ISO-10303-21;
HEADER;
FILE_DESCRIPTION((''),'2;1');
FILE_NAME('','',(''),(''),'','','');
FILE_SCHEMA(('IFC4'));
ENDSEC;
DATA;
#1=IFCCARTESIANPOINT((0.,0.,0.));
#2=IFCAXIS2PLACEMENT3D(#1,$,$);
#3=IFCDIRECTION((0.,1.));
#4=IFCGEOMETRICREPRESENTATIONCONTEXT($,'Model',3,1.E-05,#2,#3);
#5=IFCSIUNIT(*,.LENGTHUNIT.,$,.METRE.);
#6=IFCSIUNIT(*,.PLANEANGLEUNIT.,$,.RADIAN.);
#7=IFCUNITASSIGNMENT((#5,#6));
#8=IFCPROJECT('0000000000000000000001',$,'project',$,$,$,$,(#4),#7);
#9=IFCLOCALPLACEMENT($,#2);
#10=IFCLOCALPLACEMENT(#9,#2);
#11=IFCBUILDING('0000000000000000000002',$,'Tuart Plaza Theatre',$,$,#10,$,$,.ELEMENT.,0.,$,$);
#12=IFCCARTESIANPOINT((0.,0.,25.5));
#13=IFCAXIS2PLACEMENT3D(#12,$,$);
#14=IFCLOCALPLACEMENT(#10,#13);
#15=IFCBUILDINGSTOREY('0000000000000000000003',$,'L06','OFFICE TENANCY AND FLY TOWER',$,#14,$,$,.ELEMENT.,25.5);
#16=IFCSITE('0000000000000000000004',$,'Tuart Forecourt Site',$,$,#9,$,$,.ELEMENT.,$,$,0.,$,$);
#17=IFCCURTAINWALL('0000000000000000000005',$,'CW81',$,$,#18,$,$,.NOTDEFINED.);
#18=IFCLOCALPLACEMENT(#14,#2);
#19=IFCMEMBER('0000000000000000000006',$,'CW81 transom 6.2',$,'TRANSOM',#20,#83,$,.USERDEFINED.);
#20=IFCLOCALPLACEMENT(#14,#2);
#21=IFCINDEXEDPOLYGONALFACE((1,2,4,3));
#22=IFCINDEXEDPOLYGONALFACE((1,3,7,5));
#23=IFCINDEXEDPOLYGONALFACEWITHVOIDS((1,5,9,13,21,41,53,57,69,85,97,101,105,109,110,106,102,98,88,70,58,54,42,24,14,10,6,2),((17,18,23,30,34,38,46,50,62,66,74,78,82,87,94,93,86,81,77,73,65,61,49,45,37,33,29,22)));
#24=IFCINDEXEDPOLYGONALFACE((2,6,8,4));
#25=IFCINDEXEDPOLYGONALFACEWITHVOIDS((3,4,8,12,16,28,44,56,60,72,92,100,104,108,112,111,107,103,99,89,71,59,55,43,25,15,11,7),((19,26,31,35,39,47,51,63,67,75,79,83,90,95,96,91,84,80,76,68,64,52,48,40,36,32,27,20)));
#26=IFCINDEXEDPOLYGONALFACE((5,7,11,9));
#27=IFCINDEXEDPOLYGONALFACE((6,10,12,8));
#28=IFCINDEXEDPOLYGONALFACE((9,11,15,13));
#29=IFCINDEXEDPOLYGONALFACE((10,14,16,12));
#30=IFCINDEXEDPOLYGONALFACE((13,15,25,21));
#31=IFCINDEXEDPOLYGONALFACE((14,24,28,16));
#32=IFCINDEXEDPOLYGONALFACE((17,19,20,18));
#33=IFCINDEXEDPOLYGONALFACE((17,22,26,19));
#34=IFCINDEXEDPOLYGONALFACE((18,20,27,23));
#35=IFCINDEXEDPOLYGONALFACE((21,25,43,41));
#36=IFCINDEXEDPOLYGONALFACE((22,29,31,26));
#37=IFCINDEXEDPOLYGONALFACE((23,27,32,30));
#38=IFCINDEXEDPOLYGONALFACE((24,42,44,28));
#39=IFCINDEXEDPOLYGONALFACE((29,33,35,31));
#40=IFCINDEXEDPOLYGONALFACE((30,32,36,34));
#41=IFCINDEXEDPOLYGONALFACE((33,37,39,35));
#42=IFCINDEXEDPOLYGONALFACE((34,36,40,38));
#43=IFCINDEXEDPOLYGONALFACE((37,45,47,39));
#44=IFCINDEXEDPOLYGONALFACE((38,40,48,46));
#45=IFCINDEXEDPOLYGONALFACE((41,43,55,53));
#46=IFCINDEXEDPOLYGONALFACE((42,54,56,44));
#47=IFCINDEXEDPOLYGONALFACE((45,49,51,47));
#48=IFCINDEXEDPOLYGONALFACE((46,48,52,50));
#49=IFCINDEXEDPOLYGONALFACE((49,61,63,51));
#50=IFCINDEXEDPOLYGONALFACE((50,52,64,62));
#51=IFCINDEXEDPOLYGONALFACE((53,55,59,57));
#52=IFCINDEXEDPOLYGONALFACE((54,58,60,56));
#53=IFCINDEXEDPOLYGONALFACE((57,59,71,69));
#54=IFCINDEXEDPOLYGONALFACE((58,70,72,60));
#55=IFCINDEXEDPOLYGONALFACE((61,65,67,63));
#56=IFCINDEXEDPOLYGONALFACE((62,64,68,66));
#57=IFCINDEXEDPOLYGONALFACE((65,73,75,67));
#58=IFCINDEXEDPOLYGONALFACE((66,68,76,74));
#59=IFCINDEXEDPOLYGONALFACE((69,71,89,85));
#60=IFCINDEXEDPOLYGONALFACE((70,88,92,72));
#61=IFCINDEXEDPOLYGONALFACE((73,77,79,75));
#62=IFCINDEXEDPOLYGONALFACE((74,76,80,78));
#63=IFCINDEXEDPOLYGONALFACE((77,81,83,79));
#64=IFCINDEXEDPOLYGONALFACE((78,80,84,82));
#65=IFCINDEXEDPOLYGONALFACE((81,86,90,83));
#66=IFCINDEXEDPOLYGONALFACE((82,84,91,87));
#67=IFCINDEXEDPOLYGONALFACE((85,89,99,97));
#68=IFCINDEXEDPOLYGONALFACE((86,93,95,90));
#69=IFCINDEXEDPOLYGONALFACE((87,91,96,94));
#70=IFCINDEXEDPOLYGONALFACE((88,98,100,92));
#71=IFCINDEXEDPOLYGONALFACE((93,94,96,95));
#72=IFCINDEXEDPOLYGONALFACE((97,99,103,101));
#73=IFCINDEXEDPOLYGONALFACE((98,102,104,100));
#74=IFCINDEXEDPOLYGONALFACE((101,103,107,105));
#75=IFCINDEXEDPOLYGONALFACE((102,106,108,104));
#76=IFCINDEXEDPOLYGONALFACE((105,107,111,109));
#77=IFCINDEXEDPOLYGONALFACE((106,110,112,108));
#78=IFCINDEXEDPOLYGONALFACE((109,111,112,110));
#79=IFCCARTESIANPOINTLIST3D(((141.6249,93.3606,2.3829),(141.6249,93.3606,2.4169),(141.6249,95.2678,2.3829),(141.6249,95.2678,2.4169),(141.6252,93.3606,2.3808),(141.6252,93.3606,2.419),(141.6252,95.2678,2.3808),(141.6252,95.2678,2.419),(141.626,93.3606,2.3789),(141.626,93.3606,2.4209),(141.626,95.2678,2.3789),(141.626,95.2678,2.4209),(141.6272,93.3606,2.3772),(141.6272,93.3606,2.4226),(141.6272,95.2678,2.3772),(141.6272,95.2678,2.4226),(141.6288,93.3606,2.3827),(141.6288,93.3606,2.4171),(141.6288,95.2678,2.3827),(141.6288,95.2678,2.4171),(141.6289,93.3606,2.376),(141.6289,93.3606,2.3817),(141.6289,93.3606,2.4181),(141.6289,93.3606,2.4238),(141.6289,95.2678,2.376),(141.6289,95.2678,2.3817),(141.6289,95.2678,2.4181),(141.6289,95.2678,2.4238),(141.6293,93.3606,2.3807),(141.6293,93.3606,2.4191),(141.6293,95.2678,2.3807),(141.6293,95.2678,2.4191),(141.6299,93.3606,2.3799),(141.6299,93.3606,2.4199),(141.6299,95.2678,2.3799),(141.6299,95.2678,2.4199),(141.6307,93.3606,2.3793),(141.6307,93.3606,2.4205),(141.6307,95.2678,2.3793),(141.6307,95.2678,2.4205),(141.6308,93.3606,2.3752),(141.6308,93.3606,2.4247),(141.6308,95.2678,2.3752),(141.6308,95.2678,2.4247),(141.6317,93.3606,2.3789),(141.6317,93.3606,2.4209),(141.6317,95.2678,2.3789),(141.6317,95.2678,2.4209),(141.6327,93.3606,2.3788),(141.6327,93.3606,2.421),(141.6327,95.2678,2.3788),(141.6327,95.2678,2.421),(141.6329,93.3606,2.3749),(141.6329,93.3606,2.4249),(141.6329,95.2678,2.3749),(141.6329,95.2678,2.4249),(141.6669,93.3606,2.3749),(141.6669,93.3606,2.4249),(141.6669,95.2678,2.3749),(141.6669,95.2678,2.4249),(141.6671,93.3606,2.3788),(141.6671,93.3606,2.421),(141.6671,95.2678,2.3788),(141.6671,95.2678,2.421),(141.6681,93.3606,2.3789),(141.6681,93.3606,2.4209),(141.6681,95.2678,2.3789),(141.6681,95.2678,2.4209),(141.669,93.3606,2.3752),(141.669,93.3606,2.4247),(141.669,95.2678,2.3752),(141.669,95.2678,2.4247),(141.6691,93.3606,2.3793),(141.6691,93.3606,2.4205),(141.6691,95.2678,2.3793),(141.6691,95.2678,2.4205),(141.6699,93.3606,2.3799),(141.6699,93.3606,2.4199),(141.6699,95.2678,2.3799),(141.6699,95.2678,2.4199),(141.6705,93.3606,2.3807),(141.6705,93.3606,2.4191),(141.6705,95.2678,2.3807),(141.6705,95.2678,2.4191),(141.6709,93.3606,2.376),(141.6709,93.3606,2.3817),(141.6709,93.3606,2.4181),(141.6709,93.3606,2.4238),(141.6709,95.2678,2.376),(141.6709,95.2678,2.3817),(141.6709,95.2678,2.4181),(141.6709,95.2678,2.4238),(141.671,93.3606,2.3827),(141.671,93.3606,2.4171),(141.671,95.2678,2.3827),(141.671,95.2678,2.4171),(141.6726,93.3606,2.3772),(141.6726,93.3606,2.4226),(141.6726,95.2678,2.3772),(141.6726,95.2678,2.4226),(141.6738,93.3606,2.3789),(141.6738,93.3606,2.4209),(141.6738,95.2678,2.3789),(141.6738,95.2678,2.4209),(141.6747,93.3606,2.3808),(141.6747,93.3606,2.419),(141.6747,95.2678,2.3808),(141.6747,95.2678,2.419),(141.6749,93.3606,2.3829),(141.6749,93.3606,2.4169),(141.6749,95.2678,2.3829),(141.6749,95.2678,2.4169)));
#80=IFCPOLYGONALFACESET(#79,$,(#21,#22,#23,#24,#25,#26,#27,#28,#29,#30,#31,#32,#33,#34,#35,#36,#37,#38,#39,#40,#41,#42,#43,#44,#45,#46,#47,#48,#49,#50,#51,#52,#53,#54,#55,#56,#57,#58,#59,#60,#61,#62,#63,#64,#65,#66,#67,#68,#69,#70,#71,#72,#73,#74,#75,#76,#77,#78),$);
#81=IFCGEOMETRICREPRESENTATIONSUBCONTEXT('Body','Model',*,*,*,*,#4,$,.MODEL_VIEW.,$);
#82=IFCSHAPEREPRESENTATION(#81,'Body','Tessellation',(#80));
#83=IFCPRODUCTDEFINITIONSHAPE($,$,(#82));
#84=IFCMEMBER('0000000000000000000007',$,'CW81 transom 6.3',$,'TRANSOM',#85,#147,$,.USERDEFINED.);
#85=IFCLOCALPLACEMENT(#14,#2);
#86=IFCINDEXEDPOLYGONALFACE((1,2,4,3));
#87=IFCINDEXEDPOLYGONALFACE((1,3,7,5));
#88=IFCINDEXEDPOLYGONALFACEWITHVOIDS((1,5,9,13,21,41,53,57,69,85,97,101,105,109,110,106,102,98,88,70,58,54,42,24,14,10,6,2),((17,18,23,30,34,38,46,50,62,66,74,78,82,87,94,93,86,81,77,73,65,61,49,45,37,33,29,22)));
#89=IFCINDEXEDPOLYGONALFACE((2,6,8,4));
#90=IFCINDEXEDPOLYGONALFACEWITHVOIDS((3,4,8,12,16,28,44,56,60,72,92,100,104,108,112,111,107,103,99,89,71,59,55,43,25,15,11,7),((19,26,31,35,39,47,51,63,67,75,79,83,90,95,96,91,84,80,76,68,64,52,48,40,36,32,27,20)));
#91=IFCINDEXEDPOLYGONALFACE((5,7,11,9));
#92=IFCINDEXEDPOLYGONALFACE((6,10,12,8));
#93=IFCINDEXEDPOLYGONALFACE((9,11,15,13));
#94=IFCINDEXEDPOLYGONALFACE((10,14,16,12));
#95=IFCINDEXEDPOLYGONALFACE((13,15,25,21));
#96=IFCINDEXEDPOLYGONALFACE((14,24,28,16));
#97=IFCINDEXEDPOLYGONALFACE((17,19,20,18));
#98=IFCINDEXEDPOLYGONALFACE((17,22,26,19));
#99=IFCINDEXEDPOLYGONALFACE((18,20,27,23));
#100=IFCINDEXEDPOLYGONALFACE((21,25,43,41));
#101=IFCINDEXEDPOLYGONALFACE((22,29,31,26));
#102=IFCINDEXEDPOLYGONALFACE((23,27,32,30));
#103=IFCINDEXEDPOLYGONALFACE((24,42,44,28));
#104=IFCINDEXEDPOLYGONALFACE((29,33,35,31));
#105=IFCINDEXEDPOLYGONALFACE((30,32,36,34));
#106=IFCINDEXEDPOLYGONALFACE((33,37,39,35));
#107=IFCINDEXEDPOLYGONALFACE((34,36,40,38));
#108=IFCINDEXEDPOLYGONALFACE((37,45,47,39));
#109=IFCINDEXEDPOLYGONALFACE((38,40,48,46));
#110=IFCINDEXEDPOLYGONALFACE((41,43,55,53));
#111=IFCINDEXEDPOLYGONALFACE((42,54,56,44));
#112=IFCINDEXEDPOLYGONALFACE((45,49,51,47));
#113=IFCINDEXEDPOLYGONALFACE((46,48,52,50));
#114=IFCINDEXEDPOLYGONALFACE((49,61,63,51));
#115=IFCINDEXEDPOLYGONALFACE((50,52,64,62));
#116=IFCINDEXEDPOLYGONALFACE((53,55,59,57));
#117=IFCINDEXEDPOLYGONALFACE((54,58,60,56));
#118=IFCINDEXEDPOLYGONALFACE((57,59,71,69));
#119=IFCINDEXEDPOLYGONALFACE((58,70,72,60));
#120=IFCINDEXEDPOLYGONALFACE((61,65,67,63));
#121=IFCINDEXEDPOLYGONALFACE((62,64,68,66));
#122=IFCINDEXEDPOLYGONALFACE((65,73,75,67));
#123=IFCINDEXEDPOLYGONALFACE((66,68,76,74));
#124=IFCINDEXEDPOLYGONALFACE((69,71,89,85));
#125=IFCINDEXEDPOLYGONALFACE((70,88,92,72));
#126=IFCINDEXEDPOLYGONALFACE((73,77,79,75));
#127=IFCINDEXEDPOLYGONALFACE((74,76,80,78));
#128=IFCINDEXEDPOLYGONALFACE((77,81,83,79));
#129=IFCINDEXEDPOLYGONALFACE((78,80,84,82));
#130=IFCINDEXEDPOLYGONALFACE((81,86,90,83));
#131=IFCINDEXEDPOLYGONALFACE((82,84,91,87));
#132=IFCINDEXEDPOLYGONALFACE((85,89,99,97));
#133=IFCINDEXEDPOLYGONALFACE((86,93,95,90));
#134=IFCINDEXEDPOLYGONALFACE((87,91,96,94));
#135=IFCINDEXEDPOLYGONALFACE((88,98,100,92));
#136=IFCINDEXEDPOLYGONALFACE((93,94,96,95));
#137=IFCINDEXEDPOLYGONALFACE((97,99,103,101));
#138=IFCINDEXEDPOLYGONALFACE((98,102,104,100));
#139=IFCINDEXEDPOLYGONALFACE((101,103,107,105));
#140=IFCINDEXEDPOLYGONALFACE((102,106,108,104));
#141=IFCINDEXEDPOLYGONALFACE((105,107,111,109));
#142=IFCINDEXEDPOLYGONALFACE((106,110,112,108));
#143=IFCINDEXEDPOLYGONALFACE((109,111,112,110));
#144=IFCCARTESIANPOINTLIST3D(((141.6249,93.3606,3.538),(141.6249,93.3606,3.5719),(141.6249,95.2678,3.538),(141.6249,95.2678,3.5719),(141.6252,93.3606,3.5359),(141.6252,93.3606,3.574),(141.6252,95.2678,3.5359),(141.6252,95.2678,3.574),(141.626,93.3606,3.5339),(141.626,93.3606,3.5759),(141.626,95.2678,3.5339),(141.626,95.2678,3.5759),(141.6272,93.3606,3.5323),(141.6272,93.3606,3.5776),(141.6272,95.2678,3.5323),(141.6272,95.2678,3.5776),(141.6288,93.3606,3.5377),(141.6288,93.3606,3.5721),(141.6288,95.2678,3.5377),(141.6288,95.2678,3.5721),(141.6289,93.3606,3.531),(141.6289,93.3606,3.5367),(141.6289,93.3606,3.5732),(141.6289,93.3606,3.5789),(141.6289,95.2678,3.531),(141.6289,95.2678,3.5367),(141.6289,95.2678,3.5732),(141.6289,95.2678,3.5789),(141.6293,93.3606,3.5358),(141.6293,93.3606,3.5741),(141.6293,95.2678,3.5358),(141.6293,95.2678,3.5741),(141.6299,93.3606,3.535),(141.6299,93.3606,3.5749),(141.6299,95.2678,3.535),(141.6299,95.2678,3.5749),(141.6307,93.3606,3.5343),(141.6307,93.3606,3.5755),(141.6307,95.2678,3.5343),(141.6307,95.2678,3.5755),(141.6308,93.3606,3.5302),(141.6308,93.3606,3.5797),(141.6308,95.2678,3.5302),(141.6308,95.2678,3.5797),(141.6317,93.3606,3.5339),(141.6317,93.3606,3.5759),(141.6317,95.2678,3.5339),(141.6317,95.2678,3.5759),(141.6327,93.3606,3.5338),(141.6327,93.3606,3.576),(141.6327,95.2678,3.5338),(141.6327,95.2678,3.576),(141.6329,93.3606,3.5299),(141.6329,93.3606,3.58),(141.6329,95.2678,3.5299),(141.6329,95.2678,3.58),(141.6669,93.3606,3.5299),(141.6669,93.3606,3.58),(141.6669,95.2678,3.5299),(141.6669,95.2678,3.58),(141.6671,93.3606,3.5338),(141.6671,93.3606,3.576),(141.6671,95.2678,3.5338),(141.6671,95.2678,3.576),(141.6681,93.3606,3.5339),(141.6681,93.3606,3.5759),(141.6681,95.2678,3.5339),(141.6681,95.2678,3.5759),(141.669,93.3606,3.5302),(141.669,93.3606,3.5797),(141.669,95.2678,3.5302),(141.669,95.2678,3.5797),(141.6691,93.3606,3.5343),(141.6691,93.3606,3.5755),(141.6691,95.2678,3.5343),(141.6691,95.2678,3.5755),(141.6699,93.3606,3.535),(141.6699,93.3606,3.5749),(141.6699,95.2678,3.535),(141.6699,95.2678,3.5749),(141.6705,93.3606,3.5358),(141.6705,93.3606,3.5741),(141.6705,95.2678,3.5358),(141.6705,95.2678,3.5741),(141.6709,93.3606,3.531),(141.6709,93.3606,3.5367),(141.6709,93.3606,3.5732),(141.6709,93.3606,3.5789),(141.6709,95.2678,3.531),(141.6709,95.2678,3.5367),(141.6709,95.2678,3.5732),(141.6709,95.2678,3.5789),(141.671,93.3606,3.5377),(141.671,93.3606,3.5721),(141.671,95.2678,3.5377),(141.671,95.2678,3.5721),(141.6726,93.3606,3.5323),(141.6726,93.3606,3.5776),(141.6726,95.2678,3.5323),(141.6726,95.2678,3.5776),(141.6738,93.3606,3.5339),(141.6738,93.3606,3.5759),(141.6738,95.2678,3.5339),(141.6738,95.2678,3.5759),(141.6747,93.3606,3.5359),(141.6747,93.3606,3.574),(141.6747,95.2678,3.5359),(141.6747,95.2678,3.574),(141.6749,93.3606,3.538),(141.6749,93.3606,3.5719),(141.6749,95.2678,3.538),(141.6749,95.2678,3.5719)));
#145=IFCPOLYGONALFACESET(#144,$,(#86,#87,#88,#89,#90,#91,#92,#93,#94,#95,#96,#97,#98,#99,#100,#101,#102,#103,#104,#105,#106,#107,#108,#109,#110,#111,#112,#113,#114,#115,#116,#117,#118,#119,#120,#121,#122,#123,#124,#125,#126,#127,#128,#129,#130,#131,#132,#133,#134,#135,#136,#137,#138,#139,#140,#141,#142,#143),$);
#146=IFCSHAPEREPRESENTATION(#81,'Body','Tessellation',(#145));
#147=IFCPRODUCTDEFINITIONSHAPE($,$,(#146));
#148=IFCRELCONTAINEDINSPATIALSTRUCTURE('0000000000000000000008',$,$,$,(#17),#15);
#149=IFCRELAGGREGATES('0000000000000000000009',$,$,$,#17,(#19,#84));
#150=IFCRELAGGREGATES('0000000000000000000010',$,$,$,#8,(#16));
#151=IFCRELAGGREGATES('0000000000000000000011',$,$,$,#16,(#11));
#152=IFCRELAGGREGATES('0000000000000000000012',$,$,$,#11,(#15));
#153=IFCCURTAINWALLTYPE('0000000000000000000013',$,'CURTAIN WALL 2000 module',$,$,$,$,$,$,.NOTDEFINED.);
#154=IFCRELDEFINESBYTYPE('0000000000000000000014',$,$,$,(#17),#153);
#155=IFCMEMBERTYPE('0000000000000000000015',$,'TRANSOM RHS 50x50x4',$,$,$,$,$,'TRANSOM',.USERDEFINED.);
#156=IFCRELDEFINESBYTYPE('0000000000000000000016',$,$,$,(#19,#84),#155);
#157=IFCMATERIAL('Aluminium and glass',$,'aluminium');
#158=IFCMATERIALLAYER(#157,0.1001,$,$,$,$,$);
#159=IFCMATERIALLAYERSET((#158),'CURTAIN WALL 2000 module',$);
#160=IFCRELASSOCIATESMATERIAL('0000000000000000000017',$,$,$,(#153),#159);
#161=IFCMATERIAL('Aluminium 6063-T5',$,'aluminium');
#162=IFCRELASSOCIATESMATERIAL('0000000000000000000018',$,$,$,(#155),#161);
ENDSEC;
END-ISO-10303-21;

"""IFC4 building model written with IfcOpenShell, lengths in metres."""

from ifc_helpers import new_model, si_unit, direction, frame, origin, origin_2d, place, context, subcontext, project, spatial, hollow_rectangle, extrude, material, layer, layer_set, material_profile, profile_set, type_object, element, aggregate, save


model = new_model("IFC4")

# Units and contexts
model_context = context("Model", 3, precision=1e-05, world=origin(), true_north=direction((0.0, 1.0)))
body_context = subcontext(model_context, "Body", "Model", "MODEL_VIEW")
ifc_project = project(units=[si_unit("LENGTHUNIT", "METRE"), si_unit("PLANEANGLEUNIT", "RADIAN")], contexts=[model_context])

# Site, building, storey
site_placement = place(None, origin())
site = spatial("IfcSite", under=ifc_project, at=site_placement, Name="Tuart Forecourt Site", CompositionType="ELEMENT", RefElevation=0.0)
building_placement = place(site_placement, origin())
building = spatial("IfcBuilding", under=site, at=building_placement, Name="Tuart Plaza Theatre", CompositionType="ELEMENT", ElevationOfRefHeight=0.0)
storey_placement = place(building_placement, frame((0.0, 0.0, 25.5)))
storey = spatial("IfcBuildingStorey", under=building, at=storey_placement, Name="L06", Description="OFFICE TENANCY AND FLY TOWER", CompositionType="ELEMENT", Elevation=25.5)

# Curtain wall
ifc_material_1 = material(Name="Aluminium and glass", Category="aluminium")
ifc_layer_1 = layer(ifc_material_1, 0.1001)
ifc_layer_set_1 = layer_set([ifc_layer_1], Name="CURTAIN WALL 2000 module")
curtain_wall_type = type_object("IfcCurtainWallType", Name="CURTAIN WALL 2000 module", PredefinedType="NOTDEFINED", material=ifc_layer_set_1)
curtain_wall_1_placement = place(storey_placement, origin())
curtain_wall_1 = element("IfcCurtainWall", 1, at=curtain_wall_1_placement, inside=storey, type_object=curtain_wall_type, Name="CW81", PredefinedType="NOTDEFINED")

# Members
ifc_material_2 = material(Name="Aluminium 6063-T5", Category="aluminium")
ifc_material_profile_1 = material_profile(ifc_material_2, hollow_rectangle(XDim=0.05, YDim=0.05, WallThickness=0.0039, InnerFilletRadius=0.0039, OuterFilletRadius=0.0081, at=origin_2d()), Name="RHS 50x50x4")
ifc_profile_set_1 = profile_set([ifc_material_profile_1], Name="Aluminium 6063-T5")
member_type_1 = type_object("IfcMemberType", Name="TRANSOM RHS 50x50x4", ElementType="TRANSOM", PredefinedType="USERDEFINED", material=ifc_profile_set_1)
member_1_placement = place(storey_placement, frame((141.6499, 93.3606, 2.3999), z_axis=(0.0, 1.0, 0.0), x_axis=(-1.0, 0.0, 0.0)))
member_1 = element("IfcMember", 2, at=member_1_placement, type_object=member_type_1, Name="CW81 transom 6.2", ObjectType="TRANSOM", PredefinedType="USERDEFINED", context=body_context, shape_type="SweptSolid", body=[
    extrude(hollow_rectangle(XDim=0.05, YDim=0.05, WallThickness=0.0039, InnerFilletRadius=0.0039, OuterFilletRadius=0.0081, at=origin_2d()), origin(), (0.0, 0.0, 1.0), 1.9072),
])
member_2_placement = place(storey_placement, frame((141.6499, 93.3606, 3.5549), z_axis=(0.0, 1.0, 0.0), x_axis=(-1.0, 0.0, 0.0)))
member_2 = element("IfcMember", 3, at=member_2_placement, type_object=member_type_1, Name="CW81 transom 6.3", ObjectType="TRANSOM", PredefinedType="USERDEFINED", context=body_context, shape_type="SweptSolid", body=[
    extrude(hollow_rectangle(XDim=0.05, YDim=0.05, WallThickness=0.0039, InnerFilletRadius=0.0039, OuterFilletRadius=0.0081, at=origin_2d()), origin(), (0.0, 0.0, 1.0), 1.9072),
])

aggregate(curtain_wall_1, [member_1, member_2])

save(model, "model.ifc")
